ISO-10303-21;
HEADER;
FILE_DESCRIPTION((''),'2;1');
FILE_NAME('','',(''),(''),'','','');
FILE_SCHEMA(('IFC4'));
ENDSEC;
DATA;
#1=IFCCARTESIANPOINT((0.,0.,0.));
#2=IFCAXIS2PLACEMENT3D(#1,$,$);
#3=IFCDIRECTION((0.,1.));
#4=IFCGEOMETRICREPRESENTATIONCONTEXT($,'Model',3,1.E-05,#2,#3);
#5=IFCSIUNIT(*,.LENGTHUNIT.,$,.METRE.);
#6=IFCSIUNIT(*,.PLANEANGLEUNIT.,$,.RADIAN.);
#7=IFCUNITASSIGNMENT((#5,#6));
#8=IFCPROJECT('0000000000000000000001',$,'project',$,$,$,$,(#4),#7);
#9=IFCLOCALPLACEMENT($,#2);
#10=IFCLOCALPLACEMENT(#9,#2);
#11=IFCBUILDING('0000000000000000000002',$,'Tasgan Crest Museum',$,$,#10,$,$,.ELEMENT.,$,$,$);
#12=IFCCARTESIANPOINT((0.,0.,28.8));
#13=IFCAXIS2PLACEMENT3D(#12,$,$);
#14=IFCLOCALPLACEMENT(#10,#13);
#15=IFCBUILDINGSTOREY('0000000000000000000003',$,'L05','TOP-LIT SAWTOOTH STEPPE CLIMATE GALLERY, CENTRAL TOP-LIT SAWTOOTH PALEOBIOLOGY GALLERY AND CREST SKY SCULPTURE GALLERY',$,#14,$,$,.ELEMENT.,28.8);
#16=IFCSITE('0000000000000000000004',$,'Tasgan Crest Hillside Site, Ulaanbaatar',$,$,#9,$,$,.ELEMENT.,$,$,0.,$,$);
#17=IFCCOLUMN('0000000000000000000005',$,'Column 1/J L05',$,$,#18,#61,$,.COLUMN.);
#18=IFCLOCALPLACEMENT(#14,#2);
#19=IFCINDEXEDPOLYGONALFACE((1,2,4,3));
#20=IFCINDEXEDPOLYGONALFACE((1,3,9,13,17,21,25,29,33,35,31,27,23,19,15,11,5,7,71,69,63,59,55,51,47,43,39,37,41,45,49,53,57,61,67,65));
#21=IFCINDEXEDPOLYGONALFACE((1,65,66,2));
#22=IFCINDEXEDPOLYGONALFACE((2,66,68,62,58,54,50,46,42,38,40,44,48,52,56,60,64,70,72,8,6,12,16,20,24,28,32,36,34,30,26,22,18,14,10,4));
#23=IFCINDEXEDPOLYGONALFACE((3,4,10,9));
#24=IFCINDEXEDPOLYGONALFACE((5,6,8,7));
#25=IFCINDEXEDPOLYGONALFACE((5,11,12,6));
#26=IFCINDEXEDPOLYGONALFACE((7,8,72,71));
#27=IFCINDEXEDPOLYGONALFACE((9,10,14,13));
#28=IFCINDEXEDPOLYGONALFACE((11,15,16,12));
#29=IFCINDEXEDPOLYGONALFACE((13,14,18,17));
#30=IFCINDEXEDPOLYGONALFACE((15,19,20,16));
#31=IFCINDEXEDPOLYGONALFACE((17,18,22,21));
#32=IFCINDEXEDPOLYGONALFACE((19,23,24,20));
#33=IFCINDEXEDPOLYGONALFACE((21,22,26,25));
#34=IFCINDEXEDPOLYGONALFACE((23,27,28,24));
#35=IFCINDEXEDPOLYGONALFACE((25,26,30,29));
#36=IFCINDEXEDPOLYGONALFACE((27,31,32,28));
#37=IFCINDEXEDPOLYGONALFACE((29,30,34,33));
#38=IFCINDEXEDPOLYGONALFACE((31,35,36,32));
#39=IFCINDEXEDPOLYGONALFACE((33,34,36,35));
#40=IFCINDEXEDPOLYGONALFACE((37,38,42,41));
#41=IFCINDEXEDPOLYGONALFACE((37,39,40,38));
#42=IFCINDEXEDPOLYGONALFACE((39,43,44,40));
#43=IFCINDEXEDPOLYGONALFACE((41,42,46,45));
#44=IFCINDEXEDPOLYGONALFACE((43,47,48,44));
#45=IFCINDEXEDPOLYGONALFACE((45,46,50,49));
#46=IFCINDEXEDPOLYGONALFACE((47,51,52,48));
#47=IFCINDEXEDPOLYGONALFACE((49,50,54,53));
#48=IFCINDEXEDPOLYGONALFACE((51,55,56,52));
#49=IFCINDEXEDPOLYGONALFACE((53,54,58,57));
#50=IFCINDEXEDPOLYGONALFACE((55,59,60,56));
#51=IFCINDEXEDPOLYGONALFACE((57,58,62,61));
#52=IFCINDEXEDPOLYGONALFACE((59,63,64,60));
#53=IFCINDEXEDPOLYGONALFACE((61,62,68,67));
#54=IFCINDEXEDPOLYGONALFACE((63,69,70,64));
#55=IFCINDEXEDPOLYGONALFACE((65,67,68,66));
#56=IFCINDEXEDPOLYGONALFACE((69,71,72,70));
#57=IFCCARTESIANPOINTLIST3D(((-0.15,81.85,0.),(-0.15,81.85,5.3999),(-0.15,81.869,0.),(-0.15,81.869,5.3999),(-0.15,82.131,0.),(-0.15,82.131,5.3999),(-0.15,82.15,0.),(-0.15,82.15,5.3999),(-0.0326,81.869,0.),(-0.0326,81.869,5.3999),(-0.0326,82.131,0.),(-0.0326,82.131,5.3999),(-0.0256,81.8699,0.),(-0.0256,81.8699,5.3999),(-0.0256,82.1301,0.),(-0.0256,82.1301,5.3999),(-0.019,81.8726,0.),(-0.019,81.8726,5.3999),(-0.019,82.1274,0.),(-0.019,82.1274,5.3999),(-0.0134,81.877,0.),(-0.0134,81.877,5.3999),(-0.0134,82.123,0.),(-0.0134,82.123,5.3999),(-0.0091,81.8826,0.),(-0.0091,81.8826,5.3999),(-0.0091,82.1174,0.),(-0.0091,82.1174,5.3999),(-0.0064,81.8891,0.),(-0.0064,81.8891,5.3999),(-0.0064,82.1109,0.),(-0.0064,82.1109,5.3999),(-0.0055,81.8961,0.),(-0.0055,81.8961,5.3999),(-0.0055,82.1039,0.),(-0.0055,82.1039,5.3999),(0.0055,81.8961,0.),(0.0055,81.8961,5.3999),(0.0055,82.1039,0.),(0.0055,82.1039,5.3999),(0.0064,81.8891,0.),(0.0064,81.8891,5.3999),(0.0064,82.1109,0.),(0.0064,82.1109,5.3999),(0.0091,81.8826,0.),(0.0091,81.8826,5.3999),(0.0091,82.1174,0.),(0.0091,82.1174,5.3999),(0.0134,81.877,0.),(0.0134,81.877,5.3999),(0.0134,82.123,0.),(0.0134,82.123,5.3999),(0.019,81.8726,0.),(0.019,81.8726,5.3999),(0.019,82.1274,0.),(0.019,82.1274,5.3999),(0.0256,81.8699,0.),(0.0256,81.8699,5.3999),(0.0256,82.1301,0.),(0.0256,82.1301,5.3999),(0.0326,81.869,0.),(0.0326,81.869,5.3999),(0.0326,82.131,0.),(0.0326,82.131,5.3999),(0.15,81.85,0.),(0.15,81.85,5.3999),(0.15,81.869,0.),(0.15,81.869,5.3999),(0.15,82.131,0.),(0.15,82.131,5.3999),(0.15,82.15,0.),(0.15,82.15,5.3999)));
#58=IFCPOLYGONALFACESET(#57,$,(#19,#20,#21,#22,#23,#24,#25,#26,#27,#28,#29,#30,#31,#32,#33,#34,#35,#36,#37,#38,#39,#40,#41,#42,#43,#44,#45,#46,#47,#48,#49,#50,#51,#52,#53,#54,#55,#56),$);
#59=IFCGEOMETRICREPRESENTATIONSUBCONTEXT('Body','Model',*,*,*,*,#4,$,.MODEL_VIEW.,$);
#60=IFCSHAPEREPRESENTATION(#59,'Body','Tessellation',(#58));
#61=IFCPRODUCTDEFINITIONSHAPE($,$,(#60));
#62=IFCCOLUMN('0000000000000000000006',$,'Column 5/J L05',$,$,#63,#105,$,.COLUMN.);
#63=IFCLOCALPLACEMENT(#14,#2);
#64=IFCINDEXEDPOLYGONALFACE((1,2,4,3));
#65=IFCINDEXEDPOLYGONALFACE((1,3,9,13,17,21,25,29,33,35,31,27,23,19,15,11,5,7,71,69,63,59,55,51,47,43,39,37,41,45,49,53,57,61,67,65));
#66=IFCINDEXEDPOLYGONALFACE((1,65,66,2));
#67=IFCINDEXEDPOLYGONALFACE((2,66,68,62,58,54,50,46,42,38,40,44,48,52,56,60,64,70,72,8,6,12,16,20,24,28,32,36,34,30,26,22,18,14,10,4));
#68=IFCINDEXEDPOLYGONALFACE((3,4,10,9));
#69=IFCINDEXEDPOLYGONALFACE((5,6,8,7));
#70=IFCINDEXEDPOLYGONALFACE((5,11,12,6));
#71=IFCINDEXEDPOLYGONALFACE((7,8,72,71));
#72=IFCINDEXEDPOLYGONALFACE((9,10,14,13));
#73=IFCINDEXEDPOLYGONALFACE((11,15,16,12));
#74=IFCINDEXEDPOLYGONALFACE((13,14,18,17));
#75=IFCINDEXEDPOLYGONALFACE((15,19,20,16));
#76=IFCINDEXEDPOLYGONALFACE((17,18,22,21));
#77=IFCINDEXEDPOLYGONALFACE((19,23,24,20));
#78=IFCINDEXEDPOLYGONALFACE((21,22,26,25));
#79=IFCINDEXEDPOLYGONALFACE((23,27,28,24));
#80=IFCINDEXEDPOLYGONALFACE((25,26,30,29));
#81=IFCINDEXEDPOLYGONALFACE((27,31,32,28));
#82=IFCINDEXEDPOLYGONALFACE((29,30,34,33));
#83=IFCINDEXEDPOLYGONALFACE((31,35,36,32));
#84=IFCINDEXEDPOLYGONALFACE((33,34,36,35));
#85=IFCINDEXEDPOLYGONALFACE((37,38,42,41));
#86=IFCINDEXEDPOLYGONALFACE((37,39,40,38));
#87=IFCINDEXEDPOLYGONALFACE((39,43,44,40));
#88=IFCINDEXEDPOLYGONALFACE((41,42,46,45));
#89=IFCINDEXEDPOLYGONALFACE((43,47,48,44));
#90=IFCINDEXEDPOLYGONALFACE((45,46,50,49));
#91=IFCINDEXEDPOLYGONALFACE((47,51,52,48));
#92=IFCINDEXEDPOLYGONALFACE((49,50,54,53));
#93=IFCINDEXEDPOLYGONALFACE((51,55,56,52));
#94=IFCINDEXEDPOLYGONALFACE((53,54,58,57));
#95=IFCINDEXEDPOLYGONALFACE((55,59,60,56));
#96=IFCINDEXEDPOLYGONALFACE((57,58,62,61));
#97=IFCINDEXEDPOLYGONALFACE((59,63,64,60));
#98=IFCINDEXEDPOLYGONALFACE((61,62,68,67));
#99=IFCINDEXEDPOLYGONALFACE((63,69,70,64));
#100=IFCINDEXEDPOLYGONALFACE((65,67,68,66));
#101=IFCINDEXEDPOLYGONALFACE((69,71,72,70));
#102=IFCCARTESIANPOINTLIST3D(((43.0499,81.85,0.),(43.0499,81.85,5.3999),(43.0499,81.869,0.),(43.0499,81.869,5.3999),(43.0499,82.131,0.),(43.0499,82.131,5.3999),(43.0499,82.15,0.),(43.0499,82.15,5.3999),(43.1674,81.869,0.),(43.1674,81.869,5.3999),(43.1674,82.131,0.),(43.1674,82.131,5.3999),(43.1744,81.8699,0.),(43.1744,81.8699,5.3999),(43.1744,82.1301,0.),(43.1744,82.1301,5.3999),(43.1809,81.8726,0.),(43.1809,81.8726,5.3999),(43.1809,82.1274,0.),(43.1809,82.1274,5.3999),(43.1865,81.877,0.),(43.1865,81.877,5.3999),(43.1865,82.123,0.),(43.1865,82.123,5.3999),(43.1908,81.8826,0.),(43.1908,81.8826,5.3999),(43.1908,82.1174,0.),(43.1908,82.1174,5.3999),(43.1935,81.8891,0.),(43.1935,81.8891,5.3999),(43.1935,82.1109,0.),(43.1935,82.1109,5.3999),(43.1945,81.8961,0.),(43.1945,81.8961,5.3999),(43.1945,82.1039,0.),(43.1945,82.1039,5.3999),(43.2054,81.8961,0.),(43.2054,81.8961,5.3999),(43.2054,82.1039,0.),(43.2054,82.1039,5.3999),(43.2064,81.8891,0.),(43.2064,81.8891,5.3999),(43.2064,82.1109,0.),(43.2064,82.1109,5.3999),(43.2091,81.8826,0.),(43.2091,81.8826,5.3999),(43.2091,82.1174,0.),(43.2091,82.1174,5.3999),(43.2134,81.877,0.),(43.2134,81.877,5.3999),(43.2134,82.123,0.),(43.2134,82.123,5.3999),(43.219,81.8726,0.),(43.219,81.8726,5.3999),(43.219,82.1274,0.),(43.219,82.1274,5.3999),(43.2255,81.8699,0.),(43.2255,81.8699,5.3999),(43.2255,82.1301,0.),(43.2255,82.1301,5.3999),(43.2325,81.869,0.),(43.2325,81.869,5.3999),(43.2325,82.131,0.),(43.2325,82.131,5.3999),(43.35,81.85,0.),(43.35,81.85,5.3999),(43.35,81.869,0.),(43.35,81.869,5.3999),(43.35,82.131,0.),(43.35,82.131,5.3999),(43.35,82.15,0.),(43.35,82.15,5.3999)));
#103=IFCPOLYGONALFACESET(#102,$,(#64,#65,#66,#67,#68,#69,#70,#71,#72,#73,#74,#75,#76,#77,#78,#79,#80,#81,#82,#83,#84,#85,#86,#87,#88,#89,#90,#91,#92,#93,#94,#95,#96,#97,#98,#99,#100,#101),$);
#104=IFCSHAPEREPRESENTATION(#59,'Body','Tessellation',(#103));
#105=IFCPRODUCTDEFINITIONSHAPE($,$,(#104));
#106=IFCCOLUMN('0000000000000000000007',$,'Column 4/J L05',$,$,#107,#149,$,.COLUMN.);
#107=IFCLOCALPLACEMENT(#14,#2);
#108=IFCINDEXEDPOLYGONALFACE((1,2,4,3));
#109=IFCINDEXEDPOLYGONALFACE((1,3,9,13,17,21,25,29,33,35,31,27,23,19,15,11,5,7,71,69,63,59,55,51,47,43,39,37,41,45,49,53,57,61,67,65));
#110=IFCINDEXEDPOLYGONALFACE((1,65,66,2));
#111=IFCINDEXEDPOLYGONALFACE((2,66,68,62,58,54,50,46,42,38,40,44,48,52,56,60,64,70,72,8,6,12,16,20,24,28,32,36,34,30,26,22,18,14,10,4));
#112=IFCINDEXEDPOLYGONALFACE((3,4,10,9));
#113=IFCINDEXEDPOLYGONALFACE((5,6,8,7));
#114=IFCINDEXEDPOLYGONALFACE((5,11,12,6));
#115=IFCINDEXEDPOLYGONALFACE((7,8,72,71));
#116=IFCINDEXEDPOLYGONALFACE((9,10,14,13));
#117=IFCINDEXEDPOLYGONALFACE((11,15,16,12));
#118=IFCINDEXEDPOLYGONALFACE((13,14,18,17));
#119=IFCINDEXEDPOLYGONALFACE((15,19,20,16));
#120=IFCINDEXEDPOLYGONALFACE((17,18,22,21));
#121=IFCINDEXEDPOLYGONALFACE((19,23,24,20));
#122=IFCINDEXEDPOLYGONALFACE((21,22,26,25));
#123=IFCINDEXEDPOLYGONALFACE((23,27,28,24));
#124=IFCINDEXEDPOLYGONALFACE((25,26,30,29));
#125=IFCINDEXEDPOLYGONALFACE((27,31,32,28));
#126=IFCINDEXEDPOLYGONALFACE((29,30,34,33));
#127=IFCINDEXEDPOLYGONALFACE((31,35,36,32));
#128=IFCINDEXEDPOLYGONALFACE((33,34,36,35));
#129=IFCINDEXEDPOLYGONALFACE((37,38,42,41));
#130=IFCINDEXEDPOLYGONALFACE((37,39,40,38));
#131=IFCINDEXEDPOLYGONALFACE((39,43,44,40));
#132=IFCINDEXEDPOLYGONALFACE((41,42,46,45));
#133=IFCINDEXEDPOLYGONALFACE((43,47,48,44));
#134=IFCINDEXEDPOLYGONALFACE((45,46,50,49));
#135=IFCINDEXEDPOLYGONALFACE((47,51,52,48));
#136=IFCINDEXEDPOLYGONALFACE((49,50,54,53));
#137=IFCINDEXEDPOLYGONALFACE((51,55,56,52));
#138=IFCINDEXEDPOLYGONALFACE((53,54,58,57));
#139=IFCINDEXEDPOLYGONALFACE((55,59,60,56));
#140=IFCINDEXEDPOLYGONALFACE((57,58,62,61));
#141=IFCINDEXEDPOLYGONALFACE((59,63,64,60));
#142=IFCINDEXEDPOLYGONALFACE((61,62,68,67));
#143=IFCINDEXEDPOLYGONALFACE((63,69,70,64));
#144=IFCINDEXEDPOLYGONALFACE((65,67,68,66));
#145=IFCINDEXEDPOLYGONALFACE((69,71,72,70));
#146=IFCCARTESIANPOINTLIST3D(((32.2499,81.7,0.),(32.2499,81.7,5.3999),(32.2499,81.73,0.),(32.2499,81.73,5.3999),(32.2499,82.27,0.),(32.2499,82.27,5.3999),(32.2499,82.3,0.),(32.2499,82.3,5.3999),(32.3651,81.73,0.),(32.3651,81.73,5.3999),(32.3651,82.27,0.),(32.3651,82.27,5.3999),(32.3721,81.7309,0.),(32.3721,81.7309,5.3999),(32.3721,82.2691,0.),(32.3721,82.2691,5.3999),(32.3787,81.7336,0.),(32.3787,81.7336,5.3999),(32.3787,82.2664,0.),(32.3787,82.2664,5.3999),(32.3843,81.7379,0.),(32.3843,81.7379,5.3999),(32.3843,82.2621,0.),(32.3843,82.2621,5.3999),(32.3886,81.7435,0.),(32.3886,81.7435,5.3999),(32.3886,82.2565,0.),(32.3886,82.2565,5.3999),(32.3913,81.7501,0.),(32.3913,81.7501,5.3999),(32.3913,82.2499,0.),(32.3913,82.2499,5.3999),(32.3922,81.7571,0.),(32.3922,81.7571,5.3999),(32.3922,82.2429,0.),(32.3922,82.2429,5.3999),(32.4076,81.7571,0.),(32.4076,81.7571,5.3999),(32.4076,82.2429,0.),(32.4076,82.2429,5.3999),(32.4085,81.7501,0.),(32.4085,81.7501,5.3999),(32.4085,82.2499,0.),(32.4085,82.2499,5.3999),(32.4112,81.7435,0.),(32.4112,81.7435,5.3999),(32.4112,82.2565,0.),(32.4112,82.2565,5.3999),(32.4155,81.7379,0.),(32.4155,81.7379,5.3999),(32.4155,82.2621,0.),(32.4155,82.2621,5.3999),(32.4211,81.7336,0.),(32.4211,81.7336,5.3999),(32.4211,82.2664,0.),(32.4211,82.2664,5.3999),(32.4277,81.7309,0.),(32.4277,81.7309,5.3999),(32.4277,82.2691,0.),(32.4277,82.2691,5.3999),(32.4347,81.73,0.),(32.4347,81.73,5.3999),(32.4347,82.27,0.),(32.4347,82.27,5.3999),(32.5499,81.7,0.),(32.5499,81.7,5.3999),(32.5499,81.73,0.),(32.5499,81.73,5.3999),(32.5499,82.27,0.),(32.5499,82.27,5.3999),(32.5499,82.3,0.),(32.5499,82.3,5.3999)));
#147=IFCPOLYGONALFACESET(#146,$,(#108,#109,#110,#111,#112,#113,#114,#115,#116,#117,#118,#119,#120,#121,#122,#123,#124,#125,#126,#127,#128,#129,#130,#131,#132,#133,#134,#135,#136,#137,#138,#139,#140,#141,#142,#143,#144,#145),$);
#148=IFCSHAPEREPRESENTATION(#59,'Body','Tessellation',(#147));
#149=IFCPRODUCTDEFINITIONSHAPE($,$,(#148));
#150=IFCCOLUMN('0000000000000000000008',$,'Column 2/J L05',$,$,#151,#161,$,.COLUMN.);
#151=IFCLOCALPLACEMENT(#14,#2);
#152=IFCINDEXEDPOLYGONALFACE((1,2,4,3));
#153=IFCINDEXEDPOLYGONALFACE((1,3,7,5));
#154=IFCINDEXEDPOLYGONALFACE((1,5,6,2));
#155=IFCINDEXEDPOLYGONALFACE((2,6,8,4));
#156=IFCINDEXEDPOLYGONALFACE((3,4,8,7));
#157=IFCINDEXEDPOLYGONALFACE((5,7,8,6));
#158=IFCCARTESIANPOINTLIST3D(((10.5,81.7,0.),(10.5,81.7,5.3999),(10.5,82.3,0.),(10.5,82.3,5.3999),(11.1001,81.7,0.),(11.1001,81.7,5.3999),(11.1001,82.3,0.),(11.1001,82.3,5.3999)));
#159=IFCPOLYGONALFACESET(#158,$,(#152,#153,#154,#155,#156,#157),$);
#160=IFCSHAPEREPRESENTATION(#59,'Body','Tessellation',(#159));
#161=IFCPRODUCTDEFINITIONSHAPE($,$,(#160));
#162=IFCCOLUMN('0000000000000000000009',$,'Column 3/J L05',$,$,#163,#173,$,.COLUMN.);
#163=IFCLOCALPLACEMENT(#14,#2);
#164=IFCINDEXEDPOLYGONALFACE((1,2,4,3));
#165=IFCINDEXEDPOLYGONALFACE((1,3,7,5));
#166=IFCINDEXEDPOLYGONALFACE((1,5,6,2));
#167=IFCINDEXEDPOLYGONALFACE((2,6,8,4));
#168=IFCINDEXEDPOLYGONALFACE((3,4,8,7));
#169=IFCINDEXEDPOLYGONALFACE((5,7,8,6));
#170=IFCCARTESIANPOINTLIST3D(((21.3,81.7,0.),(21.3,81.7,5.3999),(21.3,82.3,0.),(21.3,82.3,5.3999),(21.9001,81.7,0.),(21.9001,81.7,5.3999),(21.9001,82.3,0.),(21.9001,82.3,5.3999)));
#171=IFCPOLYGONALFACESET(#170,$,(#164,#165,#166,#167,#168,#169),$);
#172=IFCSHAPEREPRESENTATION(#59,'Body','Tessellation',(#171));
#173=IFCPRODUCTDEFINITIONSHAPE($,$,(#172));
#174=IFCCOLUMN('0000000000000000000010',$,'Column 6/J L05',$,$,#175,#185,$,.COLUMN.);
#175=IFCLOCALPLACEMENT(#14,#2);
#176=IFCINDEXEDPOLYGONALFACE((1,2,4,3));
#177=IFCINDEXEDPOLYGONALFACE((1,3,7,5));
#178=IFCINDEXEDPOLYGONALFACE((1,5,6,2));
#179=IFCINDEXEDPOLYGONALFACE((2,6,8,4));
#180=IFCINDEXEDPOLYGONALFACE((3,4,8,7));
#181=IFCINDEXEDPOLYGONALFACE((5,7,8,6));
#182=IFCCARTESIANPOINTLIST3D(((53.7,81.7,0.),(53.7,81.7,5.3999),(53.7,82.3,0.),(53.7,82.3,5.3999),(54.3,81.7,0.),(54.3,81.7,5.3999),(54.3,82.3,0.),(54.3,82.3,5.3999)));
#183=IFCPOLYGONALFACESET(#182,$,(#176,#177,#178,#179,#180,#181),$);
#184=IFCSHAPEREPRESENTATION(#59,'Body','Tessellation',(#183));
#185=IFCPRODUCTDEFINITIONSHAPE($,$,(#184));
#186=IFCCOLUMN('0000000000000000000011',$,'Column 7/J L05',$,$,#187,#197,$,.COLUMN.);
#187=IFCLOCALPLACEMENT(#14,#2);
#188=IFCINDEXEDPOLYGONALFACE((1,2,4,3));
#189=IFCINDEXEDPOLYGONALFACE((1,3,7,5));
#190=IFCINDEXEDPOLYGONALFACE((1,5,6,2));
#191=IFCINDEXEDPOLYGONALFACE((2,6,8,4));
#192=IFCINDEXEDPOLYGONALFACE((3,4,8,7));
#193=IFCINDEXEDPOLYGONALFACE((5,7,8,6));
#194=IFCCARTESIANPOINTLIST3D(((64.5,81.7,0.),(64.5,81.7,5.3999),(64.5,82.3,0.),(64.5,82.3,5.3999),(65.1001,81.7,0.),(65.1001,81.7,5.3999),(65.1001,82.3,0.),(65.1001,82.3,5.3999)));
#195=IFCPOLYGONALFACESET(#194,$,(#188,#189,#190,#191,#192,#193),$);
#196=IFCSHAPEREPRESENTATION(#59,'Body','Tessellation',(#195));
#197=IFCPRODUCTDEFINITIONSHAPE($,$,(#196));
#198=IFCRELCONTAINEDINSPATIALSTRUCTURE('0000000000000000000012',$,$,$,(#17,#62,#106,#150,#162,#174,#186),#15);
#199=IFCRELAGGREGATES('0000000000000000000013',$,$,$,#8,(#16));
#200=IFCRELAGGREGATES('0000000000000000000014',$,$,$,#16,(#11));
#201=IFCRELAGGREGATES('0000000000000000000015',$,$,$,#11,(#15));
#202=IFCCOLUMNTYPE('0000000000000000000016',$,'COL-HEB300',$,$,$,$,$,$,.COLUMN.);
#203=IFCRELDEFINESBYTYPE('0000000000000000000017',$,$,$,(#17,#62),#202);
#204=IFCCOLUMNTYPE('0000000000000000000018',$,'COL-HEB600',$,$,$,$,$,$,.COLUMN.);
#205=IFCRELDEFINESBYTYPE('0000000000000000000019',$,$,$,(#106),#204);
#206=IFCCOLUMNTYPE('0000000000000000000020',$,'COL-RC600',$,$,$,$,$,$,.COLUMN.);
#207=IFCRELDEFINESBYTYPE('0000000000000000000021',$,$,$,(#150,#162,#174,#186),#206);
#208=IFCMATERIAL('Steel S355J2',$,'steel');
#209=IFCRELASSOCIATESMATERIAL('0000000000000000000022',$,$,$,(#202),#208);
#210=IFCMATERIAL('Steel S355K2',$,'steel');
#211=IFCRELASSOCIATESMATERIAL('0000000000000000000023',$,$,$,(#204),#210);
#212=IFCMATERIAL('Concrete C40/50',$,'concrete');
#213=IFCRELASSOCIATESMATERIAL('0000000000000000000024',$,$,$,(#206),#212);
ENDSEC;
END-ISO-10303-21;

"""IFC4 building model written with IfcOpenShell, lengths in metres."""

from ifc_helpers import new_model, si_unit, direction, frame, origin, origin_2d, place, context, subcontext, project, spatial, rectangle, i_section, extrude, material, material_profile, profile_set, type_object, element, save


model = new_model("IFC4")

# Units and contexts
model_context = context("Model", 3, precision=1e-05, world=origin(), true_north=direction((0.0, 1.0)))
body_context = subcontext(model_context, "Body", "Model", "MODEL_VIEW")
ifc_project = project(units=[si_unit("LENGTHUNIT", "METRE"), si_unit("PLANEANGLEUNIT", "RADIAN")], contexts=[model_context])

# Site, building, storey
site_placement = place(None, origin())
site = spatial("IfcSite", under=ifc_project, at=site_placement, Name="Tasgan Crest Hillside Site, Ulaanbaatar", CompositionType="ELEMENT", RefElevation=0.0)
building_placement = place(site_placement, origin())
building = spatial("IfcBuilding", under=site, at=building_placement, Name="Tasgan Crest Museum", CompositionType="ELEMENT")
storey_placement = place(building_placement, frame((0.0, 0.0, 28.8)))
storey = spatial("IfcBuildingStorey", under=building, at=storey_placement, Name="L05", Description="TOP-LIT SAWTOOTH STEPPE CLIMATE GALLERY, CENTRAL TOP-LIT SAWTOOTH PALEOBIOLOGY GALLERY AND CREST SKY SCULPTURE GALLERY", CompositionType="ELEMENT", Elevation=28.8)

# Columns
ifc_material_1 = material(Name="Steel S355J2", Category="steel")
ifc_material_profile_1 = material_profile(ifc_material_1, i_section(OverallWidth=0.3, OverallDepth=0.3, WebThickness=0.011, FlangeThickness=0.019, FilletRadius=0.0271, at=origin_2d()), Name="HEB 300")
ifc_profile_set_1 = profile_set([ifc_material_profile_1], Name="Steel S355J2")
column_type_1 = type_object("IfcColumnType", Name="COL-HEB300", PredefinedType="COLUMN", material=ifc_profile_set_1)
for number, where, z_axis, x_axis, name in (
    (1, (0.0, 82.0, 0.0), (0.0, 0.0, 1.0), (1.0, 0.0, 0.0), "Column 1/J L05"),
    (2, (43.2, 82.0, 0.0), (0.0, 0.0, 1.0), (1.0, 0.0, 0.0), "Column 5/J L05"),
):
    element("IfcColumn", number, at=place(storey_placement, frame(where, z_axis=z_axis, x_axis=x_axis)), inside=storey, type_object=column_type_1, Name=name, PredefinedType="COLUMN", context=body_context, shape_type="SweptSolid", body=[
        extrude(i_section(OverallWidth=0.3, OverallDepth=0.3, WebThickness=0.011, FlangeThickness=0.019, FilletRadius=0.0271, at=origin_2d()), origin(), (0.0, 0.0, 1.0), 5.3999),
    ])
ifc_material_2 = material(Name="Steel S355K2", Category="steel")
ifc_material_profile_2 = material_profile(ifc_material_2, i_section(OverallWidth=0.3, OverallDepth=0.6001, WebThickness=0.0154, FlangeThickness=0.03, FilletRadius=0.0271, at=origin_2d()), Name="HEB 600")
ifc_profile_set_2 = profile_set([ifc_material_profile_2], Name="Steel S355K2")
column_type_2 = type_object("IfcColumnType", Name="COL-HEB600", PredefinedType="COLUMN", material=ifc_profile_set_2)
column_1_placement = place(storey_placement, frame((32.3999, 82.0, 0.0), z_axis=(0.0, 0.0, 1.0), x_axis=(1.0, 0.0, 0.0)))
element("IfcColumn", 3, at=column_1_placement, inside=storey, type_object=column_type_2, Name="Column 4/J L05", PredefinedType="COLUMN", context=body_context, shape_type="SweptSolid", body=[
    extrude(i_section(OverallWidth=0.3, OverallDepth=0.6001, WebThickness=0.0154, FlangeThickness=0.03, FilletRadius=0.0271, at=origin_2d()), origin(), (0.0, 0.0, 1.0), 5.3999),
])
ifc_material_3 = material(Name="Concrete C40/50", Category="concrete")
ifc_material_profile_3 = material_profile(ifc_material_3, rectangle(XDim=0.6001, YDim=0.6001, at=origin_2d()), Name="RC 600x600")
ifc_profile_set_3 = profile_set([ifc_material_profile_3], Name="Concrete C40/50")
column_type_3 = type_object("IfcColumnType", Name="COL-RC600", PredefinedType="COLUMN", material=ifc_profile_set_3)
for number, where, z_axis, x_axis, name in (
    (4, (10.8, 82.0, 0.0), (0.0, 0.0, 1.0), (1.0, 0.0, 0.0), "Column 2/J L05"),
    (5, (21.6001, 82.0, 0.0), (0.0, 0.0, 1.0), (1.0, 0.0, 0.0), "Column 3/J L05"),
    (6, (54.0, 82.0, 0.0), (0.0, 0.0, 1.0), (1.0, 0.0, 0.0), "Column 6/J L05"),
    (7, (64.8, 82.0, 0.0), (0.0, 0.0, 1.0), (1.0, 0.0, 0.0), "Column 7/J L05"),
):
    element("IfcColumn", number, at=place(storey_placement, frame(where, z_axis=z_axis, x_axis=x_axis)), inside=storey, type_object=column_type_3, Name=name, PredefinedType="COLUMN", context=body_context, shape_type="SweptSolid", body=[
        extrude(rectangle(XDim=0.6001, YDim=0.6001, at=origin_2d()), origin(), (0.0, 0.0, 1.0), 5.3999),
    ])

save(model, "model.ifc")
